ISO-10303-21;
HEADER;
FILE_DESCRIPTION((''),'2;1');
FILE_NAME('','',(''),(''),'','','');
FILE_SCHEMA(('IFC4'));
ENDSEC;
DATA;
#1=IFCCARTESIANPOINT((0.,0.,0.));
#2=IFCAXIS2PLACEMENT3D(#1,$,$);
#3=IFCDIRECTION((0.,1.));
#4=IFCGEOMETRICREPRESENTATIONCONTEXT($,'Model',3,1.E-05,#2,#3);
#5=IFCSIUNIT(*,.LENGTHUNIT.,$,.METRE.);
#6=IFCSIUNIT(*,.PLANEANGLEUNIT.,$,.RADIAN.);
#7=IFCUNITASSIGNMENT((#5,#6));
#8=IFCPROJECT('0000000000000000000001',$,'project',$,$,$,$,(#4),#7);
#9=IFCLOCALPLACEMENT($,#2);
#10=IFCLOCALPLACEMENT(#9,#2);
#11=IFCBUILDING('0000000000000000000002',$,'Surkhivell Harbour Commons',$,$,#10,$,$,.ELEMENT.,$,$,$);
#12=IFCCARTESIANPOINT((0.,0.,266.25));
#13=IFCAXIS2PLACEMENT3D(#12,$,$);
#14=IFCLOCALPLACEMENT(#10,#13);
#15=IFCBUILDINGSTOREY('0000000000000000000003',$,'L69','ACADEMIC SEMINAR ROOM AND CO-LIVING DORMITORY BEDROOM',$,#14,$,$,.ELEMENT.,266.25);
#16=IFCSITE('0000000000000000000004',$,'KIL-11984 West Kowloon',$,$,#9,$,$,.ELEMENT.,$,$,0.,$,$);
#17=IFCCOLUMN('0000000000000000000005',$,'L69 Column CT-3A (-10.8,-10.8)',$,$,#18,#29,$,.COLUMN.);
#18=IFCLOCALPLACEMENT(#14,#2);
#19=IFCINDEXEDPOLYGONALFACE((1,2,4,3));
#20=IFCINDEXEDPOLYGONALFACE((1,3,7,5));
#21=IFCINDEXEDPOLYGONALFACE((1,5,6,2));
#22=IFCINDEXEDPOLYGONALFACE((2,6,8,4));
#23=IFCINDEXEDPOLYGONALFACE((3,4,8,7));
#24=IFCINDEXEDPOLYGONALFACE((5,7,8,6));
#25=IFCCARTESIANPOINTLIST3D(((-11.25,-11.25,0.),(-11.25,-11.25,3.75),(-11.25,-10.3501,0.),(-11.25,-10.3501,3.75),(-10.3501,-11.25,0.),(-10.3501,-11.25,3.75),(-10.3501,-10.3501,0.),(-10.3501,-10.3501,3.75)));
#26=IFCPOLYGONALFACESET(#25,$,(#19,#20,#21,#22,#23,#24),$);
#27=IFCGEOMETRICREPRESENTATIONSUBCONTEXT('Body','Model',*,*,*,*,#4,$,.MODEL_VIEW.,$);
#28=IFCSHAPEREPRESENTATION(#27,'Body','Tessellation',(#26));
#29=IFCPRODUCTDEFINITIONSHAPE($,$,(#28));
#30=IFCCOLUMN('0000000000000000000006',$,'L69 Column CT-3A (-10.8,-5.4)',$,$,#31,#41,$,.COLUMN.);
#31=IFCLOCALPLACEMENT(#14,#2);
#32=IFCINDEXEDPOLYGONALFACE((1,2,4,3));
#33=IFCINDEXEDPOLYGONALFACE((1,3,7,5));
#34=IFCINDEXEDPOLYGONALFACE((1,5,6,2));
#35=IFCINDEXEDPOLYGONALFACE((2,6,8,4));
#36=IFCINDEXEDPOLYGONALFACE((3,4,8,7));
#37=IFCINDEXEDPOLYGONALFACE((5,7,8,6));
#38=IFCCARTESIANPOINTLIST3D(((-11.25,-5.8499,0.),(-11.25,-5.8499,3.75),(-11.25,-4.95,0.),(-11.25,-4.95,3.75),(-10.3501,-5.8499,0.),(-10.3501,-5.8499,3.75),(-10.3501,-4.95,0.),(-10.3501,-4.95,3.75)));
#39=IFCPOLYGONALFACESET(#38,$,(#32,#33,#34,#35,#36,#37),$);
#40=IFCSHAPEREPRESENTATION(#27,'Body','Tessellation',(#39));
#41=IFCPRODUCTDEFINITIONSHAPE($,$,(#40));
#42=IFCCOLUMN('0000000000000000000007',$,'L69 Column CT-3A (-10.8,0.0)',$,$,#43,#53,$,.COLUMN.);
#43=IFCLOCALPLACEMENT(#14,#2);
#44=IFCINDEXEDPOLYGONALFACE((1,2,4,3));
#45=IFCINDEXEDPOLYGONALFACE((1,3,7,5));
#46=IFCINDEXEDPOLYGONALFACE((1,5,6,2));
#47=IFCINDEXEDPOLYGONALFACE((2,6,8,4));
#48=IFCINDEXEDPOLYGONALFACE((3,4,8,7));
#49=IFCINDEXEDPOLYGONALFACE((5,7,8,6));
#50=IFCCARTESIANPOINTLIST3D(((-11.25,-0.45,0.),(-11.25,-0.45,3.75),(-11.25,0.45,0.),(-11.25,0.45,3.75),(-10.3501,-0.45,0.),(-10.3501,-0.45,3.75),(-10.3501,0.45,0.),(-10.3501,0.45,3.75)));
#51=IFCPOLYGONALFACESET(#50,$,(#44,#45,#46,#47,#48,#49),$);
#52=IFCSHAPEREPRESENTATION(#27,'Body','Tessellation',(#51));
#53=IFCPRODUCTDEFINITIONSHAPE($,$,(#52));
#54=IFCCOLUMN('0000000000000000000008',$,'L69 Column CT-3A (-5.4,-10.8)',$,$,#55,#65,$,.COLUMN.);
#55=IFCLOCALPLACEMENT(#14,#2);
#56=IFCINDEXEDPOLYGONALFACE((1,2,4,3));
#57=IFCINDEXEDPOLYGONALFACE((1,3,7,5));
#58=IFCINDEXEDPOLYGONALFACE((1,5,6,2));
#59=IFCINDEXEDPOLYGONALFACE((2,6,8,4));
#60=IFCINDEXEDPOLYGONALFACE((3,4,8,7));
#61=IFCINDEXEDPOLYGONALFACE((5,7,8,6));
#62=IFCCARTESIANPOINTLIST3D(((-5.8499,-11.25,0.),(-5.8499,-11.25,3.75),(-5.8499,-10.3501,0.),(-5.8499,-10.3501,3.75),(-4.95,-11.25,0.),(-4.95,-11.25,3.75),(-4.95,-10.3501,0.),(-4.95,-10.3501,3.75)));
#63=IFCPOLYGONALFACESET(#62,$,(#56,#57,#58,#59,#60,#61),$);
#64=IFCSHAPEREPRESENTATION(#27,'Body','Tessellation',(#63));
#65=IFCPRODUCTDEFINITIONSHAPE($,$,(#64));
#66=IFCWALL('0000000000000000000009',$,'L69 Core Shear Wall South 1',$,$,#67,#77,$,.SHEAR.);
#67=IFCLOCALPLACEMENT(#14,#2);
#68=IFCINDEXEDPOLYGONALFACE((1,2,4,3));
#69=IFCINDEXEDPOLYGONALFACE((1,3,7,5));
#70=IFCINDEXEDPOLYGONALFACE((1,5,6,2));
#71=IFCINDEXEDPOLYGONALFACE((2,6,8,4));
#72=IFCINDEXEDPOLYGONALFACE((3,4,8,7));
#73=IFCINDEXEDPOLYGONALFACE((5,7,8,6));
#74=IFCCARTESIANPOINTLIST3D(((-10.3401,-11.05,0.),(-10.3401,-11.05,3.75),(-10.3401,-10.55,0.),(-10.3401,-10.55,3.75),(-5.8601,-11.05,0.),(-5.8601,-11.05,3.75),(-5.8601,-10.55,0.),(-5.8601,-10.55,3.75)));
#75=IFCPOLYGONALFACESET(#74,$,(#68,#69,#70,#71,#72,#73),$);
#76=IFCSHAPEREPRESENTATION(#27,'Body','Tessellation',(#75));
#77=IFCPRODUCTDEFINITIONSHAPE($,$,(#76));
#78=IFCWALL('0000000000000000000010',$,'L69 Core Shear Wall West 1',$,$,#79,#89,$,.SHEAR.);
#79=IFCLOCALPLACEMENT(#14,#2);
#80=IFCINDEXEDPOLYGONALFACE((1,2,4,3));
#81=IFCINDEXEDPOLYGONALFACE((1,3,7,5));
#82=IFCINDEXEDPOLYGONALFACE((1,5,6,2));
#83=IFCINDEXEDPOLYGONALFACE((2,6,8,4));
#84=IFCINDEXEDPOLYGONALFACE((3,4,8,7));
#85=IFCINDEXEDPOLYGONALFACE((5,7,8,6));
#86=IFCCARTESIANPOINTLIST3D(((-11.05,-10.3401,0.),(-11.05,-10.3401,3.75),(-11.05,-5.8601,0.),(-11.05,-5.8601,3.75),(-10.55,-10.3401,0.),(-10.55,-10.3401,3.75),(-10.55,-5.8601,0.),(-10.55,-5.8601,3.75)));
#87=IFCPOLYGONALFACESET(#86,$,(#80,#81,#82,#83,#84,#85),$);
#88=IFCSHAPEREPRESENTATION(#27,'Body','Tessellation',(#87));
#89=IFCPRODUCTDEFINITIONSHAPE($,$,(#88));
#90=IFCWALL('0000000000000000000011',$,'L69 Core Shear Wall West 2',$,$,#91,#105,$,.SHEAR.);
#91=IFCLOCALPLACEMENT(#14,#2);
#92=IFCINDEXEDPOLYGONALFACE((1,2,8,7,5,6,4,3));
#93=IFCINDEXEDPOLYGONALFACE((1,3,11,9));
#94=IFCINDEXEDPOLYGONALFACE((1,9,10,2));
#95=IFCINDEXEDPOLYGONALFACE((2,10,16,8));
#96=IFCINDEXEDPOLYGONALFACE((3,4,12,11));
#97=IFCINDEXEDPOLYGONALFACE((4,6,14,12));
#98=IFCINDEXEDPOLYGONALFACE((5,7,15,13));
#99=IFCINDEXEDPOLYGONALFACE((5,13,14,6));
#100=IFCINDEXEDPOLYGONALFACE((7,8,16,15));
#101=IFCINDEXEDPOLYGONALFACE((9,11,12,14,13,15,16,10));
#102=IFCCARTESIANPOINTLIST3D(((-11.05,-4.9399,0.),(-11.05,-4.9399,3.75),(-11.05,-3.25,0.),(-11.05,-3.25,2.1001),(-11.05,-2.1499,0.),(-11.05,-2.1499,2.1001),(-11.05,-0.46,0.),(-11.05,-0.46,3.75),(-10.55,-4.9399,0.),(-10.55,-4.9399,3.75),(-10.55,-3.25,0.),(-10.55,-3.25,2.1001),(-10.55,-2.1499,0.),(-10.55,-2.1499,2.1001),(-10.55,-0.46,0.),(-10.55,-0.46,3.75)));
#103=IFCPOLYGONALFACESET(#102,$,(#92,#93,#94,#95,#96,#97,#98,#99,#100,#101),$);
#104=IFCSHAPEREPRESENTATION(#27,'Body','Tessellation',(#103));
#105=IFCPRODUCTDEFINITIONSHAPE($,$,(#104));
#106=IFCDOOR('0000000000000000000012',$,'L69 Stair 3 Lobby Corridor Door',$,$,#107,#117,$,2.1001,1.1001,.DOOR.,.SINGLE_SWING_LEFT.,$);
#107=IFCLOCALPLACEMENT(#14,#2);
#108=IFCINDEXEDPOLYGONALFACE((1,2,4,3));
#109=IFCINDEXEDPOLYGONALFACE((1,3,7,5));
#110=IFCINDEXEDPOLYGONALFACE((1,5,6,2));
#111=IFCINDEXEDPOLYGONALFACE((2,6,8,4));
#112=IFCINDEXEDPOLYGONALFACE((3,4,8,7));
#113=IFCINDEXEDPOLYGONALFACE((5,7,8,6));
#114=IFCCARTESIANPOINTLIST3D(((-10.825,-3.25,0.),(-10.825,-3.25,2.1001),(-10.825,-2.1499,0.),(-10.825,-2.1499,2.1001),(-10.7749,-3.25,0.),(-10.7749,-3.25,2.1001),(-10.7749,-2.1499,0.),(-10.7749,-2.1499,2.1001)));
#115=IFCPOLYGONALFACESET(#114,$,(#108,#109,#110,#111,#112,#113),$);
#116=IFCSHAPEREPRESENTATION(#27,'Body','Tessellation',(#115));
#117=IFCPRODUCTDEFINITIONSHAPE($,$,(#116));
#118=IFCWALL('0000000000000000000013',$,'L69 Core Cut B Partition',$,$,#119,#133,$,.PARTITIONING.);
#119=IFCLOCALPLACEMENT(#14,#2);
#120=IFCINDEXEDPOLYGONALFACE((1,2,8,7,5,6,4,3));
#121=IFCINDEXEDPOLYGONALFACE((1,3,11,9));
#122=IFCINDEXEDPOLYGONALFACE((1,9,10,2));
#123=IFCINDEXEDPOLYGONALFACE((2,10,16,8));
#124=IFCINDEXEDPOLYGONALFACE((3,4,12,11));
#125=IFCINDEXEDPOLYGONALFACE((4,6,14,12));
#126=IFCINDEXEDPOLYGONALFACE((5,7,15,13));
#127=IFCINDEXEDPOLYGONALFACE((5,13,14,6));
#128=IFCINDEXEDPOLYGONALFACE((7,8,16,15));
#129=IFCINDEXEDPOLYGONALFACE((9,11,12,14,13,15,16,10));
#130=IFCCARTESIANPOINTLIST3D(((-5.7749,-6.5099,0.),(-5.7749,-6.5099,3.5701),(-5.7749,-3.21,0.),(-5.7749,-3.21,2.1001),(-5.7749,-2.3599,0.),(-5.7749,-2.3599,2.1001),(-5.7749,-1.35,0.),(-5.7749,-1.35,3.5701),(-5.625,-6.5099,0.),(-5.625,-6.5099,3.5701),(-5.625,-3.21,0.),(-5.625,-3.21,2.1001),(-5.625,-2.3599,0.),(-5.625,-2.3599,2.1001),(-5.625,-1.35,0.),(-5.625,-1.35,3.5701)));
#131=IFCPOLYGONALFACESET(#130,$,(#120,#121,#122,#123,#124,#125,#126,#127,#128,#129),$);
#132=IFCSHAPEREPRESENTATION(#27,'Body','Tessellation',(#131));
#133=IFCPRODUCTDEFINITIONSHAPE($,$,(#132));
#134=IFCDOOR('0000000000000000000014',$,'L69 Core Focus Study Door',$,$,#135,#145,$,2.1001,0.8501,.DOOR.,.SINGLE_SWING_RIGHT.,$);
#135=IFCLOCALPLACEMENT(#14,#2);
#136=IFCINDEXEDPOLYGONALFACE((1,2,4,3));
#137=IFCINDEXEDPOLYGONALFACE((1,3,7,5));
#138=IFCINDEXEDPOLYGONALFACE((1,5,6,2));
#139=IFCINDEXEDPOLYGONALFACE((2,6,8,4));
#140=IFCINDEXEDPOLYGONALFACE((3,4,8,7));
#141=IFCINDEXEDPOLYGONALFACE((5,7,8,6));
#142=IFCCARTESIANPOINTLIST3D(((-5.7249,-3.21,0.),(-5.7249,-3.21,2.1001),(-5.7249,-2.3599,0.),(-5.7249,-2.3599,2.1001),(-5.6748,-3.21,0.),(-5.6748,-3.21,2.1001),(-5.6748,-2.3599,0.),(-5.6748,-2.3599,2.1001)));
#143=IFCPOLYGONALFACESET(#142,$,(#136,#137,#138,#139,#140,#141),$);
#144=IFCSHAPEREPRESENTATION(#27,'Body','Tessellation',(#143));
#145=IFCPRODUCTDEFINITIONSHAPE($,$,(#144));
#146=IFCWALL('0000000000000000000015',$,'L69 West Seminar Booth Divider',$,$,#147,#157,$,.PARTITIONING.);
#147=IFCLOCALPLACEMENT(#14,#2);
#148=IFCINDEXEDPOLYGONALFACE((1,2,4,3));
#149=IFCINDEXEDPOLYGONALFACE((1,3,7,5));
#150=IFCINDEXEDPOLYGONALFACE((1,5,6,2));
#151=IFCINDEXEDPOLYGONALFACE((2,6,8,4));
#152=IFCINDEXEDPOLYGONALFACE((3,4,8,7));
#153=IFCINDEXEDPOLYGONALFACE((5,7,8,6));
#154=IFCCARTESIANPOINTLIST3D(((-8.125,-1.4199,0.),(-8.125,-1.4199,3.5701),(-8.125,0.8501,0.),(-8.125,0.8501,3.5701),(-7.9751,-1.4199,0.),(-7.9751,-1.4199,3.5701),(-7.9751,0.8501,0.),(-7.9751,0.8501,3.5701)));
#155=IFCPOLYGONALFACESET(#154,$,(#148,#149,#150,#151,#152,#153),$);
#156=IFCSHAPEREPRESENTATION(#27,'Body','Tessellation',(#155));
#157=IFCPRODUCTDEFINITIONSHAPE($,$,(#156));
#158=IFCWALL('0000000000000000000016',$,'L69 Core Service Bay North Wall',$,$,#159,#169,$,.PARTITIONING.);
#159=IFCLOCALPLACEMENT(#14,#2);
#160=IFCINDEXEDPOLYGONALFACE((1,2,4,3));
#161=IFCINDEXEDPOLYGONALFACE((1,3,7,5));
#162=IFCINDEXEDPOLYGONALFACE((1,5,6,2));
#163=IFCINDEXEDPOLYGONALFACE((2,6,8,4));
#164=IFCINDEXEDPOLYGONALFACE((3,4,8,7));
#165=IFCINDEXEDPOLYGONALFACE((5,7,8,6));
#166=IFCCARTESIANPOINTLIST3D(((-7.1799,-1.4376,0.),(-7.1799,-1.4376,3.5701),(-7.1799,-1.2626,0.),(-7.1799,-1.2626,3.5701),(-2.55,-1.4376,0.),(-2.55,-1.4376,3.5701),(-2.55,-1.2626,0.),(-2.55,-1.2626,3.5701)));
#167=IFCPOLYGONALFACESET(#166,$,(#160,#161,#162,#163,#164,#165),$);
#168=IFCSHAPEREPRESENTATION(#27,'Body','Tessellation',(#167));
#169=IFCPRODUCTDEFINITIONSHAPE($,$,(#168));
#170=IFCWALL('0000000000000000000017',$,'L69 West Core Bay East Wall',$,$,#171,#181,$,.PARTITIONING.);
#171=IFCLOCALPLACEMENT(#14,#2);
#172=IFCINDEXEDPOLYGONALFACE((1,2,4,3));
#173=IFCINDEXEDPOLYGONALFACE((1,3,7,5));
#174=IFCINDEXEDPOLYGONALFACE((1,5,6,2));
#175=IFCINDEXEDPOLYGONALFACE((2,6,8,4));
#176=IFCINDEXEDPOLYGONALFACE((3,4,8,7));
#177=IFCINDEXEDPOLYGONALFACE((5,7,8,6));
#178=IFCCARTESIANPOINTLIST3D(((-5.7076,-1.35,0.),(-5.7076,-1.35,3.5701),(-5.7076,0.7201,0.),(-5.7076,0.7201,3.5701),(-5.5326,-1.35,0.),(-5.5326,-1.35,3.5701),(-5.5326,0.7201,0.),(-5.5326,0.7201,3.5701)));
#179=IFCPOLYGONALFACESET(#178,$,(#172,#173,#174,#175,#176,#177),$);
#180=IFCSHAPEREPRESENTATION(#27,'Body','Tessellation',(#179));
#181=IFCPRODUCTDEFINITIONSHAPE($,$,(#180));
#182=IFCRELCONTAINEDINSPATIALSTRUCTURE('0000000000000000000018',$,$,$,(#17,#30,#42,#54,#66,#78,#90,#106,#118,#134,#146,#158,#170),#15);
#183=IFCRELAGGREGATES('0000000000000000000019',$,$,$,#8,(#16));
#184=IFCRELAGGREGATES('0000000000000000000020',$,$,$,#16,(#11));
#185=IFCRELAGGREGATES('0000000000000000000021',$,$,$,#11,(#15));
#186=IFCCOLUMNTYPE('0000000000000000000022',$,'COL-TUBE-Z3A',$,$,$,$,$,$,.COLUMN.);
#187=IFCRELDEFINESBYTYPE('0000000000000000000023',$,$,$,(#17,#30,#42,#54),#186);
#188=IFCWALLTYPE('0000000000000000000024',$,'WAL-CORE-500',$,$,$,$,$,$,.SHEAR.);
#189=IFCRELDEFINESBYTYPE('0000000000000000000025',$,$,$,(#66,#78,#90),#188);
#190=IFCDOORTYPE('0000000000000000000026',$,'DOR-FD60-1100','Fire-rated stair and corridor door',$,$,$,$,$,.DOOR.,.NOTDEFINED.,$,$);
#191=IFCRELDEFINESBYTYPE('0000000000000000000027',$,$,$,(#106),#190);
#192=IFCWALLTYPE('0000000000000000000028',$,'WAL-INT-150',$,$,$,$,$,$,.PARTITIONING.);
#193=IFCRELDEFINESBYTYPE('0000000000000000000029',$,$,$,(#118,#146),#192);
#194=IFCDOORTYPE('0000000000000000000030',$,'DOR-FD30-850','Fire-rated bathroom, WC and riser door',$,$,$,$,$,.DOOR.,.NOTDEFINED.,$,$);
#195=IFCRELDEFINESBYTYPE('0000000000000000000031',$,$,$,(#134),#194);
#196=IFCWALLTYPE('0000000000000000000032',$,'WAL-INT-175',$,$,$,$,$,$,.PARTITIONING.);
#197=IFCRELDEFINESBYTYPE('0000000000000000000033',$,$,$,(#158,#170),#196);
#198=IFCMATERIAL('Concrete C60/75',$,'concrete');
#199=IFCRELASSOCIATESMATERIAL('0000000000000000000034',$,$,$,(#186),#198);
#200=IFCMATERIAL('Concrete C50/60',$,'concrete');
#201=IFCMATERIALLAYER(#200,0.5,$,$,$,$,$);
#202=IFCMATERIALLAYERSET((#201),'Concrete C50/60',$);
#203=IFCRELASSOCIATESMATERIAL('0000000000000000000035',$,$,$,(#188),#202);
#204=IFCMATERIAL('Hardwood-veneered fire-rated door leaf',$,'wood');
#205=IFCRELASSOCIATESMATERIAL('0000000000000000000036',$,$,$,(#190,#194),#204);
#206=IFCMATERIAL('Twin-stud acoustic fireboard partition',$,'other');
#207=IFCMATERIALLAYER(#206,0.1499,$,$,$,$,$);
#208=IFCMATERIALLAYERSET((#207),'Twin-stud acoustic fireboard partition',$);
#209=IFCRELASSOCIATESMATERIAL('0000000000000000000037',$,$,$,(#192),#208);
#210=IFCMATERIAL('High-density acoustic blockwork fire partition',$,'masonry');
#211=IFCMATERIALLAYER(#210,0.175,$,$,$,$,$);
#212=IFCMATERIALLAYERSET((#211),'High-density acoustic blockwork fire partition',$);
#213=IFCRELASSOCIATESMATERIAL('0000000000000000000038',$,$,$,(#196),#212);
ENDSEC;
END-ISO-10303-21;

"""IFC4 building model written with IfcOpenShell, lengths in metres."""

from ifc_helpers import new_model, si_unit, direction, frame, frame_2d, origin, origin_2d, place, context, subcontext, project, spatial, rectangle, extrude, material, layer, layer_set, material_profile, profile_set, type_object, element, fill, save


model = new_model("IFC4")

# Units and contexts
model_context = context("Model", 3, precision=1e-05, world=origin(), true_north=direction((0.0, 1.0)))
body_context = subcontext(model_context, "Body", "Model", "MODEL_VIEW")
ifc_project = project(units=[si_unit("LENGTHUNIT", "METRE"), si_unit("PLANEANGLEUNIT", "RADIAN")], contexts=[model_context])

# Site, building, storey
site_placement = place(None, origin())
site = spatial("IfcSite", under=ifc_project, at=site_placement, Name="KIL-11984 West Kowloon", CompositionType="ELEMENT", RefElevation=0.0)
building_placement = place(site_placement, origin())
building = spatial("IfcBuilding", under=site, at=building_placement, Name="Surkhivell Harbour Commons", CompositionType="ELEMENT")
storey_placement = place(building_placement, frame((0.0, 0.0, 266.25)))
storey = spatial("IfcBuildingStorey", under=building, at=storey_placement, Name="L69", Description="ACADEMIC SEMINAR ROOM AND CO-LIVING DORMITORY BEDROOM", CompositionType="ELEMENT", Elevation=266.25)

# Columns
ifc_material_1 = material(Name="Concrete C60/75", Category="concrete")
ifc_material_profile = material_profile(ifc_material_1, rectangle(XDim=0.8999, YDim=0.8999, at=origin_2d()), Name="RC-COL-900x900")
ifc_profile_set = profile_set([ifc_material_profile], Name="Concrete C60/75")
column_type = type_object("IfcColumnType", Name="COL-TUBE-Z3A", PredefinedType="COLUMN", material=ifc_profile_set)
for number, where, z_axis, x_axis, name in (
    (1, (-10.8, -10.8, 0.0), (0.0, 0.0, 1.0), (1.0, 0.0, 0.0), "L69 Column CT-3A (-10.8,-10.8)"),
    (2, (-10.8, -5.3999, 0.0), (0.0, 0.0, 1.0), (1.0, 0.0, 0.0), "L69 Column CT-3A (-10.8,-5.4)"),
    (3, (-10.8, 0.0, 0.0), (0.0, 0.0, 1.0), (1.0, 0.0, 0.0), "L69 Column CT-3A (-10.8,0.0)"),
    (4, (-5.3999, -10.8, 0.0), (0.0, 0.0, 1.0), (1.0, 0.0, 0.0), "L69 Column CT-3A (-5.4,-10.8)"),
):
    element("IfcColumn", number, at=place(storey_placement, frame(where, z_axis=z_axis, x_axis=x_axis)), inside=storey, type_object=column_type, Name=name, PredefinedType="COLUMN", context=body_context, shape_type="SweptSolid", body=[
        extrude(rectangle(XDim=0.8999, YDim=0.8999, at=origin_2d()), origin(), (0.0, 0.0, 1.0), 3.75),
    ])

# Walls
ifc_material_2 = material(Name="Concrete C50/60", Category="concrete")
ifc_layer_1 = layer(ifc_material_2, 0.5)
ifc_layer_set_1 = layer_set([ifc_layer_1], Name="Concrete C50/60")
wall_type_1 = type_object("IfcWallType", Name="WAL-CORE-500", PredefinedType="SHEAR", material=ifc_layer_set_1)
for number, where, z_axis, x_axis, name in (
    (5, (-10.3401, -10.8, 0.0), (0.0, 0.0, 1.0), (1.0, 0.0, 0.0), "L69 Core Shear Wall South 1"),
    (6, (-10.8, -10.3401, 0.0), (0.0, 0.0, 1.0), (0.0, 1.0, 0.0), "L69 Core Shear Wall West 1"),
):
    element("IfcWall", number, at=place(storey_placement, frame(where, z_axis=z_axis, x_axis=x_axis)), inside=storey, type_object=wall_type_1, Name=name, PredefinedType="SHEAR", context=body_context, shape_type="SweptSolid", body=[
        extrude(rectangle(XDim=4.48, YDim=0.5, at=frame_2d((2.24, 0.0))), origin(), (0.0, 0.0, 1.0), 3.75),
    ])

# Walls, openings, doors
wall_1_placement = place(storey_placement, frame((-10.8, -4.9399, 0.0), z_axis=(0.0, 0.0, 1.0), x_axis=(0.0, 1.0, 0.0)))
wall_1 = element("IfcWall", 7, at=wall_1_placement, inside=storey, type_object=wall_type_1, Name="L69 Core Shear Wall West 2", PredefinedType="SHEAR", context=body_context, shape_type="SweptSolid", body=[
    extrude(rectangle(XDim=4.48, YDim=0.5, at=frame_2d((2.24, 0.0))), origin(), (0.0, 0.0, 1.0), 3.75),
])
opening_1_placement = place(wall_1_placement, frame((1.6899, 0.0, 0.0)))
opening_1 = element("IfcOpeningElement", 8, at=opening_1_placement, cuts=wall_1, PredefinedType="OPENING", context=body_context, shape_type="SweptSolid", body=[
    extrude(rectangle(XDim=1.1001, YDim=2.1001, at=frame_2d((0.55, 1.05))), frame((0.0, 0.26, 0.0), z_axis=(0.0, -1.0, 0.0), x_axis=(1.0, 0.0, 0.0)), (0.0, 0.0, 1.0), 0.52),
])
ifc_material_3 = material(Name="Hardwood-veneered fire-rated door leaf", Category="wood")
door_type_1 = type_object("IfcDoorType", Name="DOR-FD60-1100", Description="Fire-rated stair and corridor door", OperationType="NOTDEFINED", PredefinedType="DOOR", material=ifc_material_3)
door_1_placement = place(opening_1_placement, origin())
door_1 = element("IfcDoor", 9, at=door_1_placement, inside=storey, type_object=door_type_1, Name="L69 Stair 3 Lobby Corridor Door", OperationType="SINGLE_SWING_LEFT", OverallHeight=2.1001, OverallWidth=1.1001, PredefinedType="DOOR", context=body_context, shape_type="SweptSolid", body=[
    extrude(rectangle(XDim=1.1001, YDim=2.1001, at=frame_2d((0.55, 1.05))), frame((0.0, 0.0249, 0.0), z_axis=(0.0, -1.0, 0.0), x_axis=(1.0, 0.0, 0.0)), (0.0, 0.0, 1.0), 0.05),
])
fill(opening_1, door_1)
ifc_material_4 = material(Name="Twin-stud acoustic fireboard partition", Category="other")
ifc_layer_2 = layer(ifc_material_4, 0.1499)
ifc_layer_set_2 = layer_set([ifc_layer_2], Name="Twin-stud acoustic fireboard partition")
wall_type_2 = type_object("IfcWallType", Name="WAL-INT-150", PredefinedType="PARTITIONING", material=ifc_layer_set_2)
wall_2_placement = place(storey_placement, frame((-5.7, -6.51, 0.0), z_axis=(0.0, 0.0, 1.0), x_axis=(0.0, 1.0, 0.0)))
wall_2 = element("IfcWall", 10, at=wall_2_placement, inside=storey, type_object=wall_type_2, Name="L69 Core Cut B Partition", PredefinedType="PARTITIONING", context=body_context, shape_type="SweptSolid", body=[
    extrude(rectangle(XDim=5.1599, YDim=0.1499, at=frame_2d((2.5801, 0.0))), origin(), (0.0, 0.0, 1.0), 3.5701),
])
opening_2_placement = place(wall_2_placement, frame((3.3, 0.0, 0.0)))
opening_2 = element("IfcOpeningElement", 11, at=opening_2_placement, cuts=wall_2, PredefinedType="OPENING", context=body_context, shape_type="SweptSolid", body=[
    extrude(rectangle(XDim=0.8501, YDim=2.1001, at=frame_2d((0.425, 1.05))), frame((0.0, 0.085, 0.0), z_axis=(0.0, -1.0, 0.0), x_axis=(1.0, 0.0, 0.0)), (0.0, 0.0, 1.0), 0.1699),
])
door_type_2 = type_object("IfcDoorType", Name="DOR-FD30-850", Description="Fire-rated bathroom, WC and riser door", OperationType="NOTDEFINED", PredefinedType="DOOR", material=ifc_material_3)
door_2_placement = place(opening_2_placement, origin())
door_2 = element("IfcDoor", 12, at=door_2_placement, inside=storey, type_object=door_type_2, Name="L69 Core Focus Study Door", OperationType="SINGLE_SWING_RIGHT", OverallHeight=2.1001, OverallWidth=0.8501, PredefinedType="DOOR", context=body_context, shape_type="SweptSolid", body=[
    extrude(rectangle(XDim=0.8501, YDim=2.1001, at=frame_2d((0.425, 1.05))), frame((0.0, 0.0249, 0.0), z_axis=(0.0, -1.0, 0.0), x_axis=(1.0, 0.0, 0.0)), (0.0, 0.0, 1.0), 0.05),
])
fill(opening_2, door_2)

# Walls
wall_3_placement = place(storey_placement, frame((-8.05, -1.4199, 0.0), z_axis=(0.0, 0.0, 1.0), x_axis=(0.0, 1.0, 0.0)))
element("IfcWall", 13, at=wall_3_placement, inside=storey, type_object=wall_type_2, Name="L69 West Seminar Booth Divider", PredefinedType="PARTITIONING", context=body_context, shape_type="SweptSolid", body=[
    extrude(rectangle(XDim=2.27, YDim=0.1499, at=frame_2d((1.135, 0.0))), origin(), (0.0, 0.0, 1.0), 3.5701),
])
ifc_material_5 = material(Name="High-density acoustic blockwork fire partition", Category="masonry")
ifc_layer_3 = layer(ifc_material_5, 0.175)
ifc_layer_set_3 = layer_set([ifc_layer_3], Name="High-density acoustic blockwork fire partition")
wall_type_3 = type_object("IfcWallType", Name="WAL-INT-175", PredefinedType="PARTITIONING", material=ifc_layer_set_3)
wall_4_placement = place(storey_placement, frame((-7.1799, -1.3501, 0.0), z_axis=(0.0, 0.0, 1.0), x_axis=(1.0, 0.0, 0.0)))
element("IfcWall", 14, at=wall_4_placement, inside=storey, type_object=wall_type_3, Name="L69 Core Service Bay North Wall", PredefinedType="PARTITIONING", context=body_context, shape_type="SweptSolid", body=[
    extrude(rectangle(XDim=4.6299, YDim=0.175, at=frame_2d((2.3149, 0.0))), origin(), (0.0, 0.0, 1.0), 3.5701),
])
wall_5_placement = place(storey_placement, frame((-5.6201, -1.3501, 0.0), z_axis=(0.0, 0.0, 1.0), x_axis=(0.0, 1.0, 0.0)))
element("IfcWall", 15, at=wall_5_placement, inside=storey, type_object=wall_type_3, Name="L69 West Core Bay East Wall", PredefinedType="PARTITIONING", context=body_context, shape_type="SweptSolid", body=[
    extrude(rectangle(XDim=2.0701, YDim=0.175, at=frame_2d((1.0352, 0.0))), origin(), (0.0, 0.0, 1.0), 3.5701),
])

save(model, "model.ifc")
